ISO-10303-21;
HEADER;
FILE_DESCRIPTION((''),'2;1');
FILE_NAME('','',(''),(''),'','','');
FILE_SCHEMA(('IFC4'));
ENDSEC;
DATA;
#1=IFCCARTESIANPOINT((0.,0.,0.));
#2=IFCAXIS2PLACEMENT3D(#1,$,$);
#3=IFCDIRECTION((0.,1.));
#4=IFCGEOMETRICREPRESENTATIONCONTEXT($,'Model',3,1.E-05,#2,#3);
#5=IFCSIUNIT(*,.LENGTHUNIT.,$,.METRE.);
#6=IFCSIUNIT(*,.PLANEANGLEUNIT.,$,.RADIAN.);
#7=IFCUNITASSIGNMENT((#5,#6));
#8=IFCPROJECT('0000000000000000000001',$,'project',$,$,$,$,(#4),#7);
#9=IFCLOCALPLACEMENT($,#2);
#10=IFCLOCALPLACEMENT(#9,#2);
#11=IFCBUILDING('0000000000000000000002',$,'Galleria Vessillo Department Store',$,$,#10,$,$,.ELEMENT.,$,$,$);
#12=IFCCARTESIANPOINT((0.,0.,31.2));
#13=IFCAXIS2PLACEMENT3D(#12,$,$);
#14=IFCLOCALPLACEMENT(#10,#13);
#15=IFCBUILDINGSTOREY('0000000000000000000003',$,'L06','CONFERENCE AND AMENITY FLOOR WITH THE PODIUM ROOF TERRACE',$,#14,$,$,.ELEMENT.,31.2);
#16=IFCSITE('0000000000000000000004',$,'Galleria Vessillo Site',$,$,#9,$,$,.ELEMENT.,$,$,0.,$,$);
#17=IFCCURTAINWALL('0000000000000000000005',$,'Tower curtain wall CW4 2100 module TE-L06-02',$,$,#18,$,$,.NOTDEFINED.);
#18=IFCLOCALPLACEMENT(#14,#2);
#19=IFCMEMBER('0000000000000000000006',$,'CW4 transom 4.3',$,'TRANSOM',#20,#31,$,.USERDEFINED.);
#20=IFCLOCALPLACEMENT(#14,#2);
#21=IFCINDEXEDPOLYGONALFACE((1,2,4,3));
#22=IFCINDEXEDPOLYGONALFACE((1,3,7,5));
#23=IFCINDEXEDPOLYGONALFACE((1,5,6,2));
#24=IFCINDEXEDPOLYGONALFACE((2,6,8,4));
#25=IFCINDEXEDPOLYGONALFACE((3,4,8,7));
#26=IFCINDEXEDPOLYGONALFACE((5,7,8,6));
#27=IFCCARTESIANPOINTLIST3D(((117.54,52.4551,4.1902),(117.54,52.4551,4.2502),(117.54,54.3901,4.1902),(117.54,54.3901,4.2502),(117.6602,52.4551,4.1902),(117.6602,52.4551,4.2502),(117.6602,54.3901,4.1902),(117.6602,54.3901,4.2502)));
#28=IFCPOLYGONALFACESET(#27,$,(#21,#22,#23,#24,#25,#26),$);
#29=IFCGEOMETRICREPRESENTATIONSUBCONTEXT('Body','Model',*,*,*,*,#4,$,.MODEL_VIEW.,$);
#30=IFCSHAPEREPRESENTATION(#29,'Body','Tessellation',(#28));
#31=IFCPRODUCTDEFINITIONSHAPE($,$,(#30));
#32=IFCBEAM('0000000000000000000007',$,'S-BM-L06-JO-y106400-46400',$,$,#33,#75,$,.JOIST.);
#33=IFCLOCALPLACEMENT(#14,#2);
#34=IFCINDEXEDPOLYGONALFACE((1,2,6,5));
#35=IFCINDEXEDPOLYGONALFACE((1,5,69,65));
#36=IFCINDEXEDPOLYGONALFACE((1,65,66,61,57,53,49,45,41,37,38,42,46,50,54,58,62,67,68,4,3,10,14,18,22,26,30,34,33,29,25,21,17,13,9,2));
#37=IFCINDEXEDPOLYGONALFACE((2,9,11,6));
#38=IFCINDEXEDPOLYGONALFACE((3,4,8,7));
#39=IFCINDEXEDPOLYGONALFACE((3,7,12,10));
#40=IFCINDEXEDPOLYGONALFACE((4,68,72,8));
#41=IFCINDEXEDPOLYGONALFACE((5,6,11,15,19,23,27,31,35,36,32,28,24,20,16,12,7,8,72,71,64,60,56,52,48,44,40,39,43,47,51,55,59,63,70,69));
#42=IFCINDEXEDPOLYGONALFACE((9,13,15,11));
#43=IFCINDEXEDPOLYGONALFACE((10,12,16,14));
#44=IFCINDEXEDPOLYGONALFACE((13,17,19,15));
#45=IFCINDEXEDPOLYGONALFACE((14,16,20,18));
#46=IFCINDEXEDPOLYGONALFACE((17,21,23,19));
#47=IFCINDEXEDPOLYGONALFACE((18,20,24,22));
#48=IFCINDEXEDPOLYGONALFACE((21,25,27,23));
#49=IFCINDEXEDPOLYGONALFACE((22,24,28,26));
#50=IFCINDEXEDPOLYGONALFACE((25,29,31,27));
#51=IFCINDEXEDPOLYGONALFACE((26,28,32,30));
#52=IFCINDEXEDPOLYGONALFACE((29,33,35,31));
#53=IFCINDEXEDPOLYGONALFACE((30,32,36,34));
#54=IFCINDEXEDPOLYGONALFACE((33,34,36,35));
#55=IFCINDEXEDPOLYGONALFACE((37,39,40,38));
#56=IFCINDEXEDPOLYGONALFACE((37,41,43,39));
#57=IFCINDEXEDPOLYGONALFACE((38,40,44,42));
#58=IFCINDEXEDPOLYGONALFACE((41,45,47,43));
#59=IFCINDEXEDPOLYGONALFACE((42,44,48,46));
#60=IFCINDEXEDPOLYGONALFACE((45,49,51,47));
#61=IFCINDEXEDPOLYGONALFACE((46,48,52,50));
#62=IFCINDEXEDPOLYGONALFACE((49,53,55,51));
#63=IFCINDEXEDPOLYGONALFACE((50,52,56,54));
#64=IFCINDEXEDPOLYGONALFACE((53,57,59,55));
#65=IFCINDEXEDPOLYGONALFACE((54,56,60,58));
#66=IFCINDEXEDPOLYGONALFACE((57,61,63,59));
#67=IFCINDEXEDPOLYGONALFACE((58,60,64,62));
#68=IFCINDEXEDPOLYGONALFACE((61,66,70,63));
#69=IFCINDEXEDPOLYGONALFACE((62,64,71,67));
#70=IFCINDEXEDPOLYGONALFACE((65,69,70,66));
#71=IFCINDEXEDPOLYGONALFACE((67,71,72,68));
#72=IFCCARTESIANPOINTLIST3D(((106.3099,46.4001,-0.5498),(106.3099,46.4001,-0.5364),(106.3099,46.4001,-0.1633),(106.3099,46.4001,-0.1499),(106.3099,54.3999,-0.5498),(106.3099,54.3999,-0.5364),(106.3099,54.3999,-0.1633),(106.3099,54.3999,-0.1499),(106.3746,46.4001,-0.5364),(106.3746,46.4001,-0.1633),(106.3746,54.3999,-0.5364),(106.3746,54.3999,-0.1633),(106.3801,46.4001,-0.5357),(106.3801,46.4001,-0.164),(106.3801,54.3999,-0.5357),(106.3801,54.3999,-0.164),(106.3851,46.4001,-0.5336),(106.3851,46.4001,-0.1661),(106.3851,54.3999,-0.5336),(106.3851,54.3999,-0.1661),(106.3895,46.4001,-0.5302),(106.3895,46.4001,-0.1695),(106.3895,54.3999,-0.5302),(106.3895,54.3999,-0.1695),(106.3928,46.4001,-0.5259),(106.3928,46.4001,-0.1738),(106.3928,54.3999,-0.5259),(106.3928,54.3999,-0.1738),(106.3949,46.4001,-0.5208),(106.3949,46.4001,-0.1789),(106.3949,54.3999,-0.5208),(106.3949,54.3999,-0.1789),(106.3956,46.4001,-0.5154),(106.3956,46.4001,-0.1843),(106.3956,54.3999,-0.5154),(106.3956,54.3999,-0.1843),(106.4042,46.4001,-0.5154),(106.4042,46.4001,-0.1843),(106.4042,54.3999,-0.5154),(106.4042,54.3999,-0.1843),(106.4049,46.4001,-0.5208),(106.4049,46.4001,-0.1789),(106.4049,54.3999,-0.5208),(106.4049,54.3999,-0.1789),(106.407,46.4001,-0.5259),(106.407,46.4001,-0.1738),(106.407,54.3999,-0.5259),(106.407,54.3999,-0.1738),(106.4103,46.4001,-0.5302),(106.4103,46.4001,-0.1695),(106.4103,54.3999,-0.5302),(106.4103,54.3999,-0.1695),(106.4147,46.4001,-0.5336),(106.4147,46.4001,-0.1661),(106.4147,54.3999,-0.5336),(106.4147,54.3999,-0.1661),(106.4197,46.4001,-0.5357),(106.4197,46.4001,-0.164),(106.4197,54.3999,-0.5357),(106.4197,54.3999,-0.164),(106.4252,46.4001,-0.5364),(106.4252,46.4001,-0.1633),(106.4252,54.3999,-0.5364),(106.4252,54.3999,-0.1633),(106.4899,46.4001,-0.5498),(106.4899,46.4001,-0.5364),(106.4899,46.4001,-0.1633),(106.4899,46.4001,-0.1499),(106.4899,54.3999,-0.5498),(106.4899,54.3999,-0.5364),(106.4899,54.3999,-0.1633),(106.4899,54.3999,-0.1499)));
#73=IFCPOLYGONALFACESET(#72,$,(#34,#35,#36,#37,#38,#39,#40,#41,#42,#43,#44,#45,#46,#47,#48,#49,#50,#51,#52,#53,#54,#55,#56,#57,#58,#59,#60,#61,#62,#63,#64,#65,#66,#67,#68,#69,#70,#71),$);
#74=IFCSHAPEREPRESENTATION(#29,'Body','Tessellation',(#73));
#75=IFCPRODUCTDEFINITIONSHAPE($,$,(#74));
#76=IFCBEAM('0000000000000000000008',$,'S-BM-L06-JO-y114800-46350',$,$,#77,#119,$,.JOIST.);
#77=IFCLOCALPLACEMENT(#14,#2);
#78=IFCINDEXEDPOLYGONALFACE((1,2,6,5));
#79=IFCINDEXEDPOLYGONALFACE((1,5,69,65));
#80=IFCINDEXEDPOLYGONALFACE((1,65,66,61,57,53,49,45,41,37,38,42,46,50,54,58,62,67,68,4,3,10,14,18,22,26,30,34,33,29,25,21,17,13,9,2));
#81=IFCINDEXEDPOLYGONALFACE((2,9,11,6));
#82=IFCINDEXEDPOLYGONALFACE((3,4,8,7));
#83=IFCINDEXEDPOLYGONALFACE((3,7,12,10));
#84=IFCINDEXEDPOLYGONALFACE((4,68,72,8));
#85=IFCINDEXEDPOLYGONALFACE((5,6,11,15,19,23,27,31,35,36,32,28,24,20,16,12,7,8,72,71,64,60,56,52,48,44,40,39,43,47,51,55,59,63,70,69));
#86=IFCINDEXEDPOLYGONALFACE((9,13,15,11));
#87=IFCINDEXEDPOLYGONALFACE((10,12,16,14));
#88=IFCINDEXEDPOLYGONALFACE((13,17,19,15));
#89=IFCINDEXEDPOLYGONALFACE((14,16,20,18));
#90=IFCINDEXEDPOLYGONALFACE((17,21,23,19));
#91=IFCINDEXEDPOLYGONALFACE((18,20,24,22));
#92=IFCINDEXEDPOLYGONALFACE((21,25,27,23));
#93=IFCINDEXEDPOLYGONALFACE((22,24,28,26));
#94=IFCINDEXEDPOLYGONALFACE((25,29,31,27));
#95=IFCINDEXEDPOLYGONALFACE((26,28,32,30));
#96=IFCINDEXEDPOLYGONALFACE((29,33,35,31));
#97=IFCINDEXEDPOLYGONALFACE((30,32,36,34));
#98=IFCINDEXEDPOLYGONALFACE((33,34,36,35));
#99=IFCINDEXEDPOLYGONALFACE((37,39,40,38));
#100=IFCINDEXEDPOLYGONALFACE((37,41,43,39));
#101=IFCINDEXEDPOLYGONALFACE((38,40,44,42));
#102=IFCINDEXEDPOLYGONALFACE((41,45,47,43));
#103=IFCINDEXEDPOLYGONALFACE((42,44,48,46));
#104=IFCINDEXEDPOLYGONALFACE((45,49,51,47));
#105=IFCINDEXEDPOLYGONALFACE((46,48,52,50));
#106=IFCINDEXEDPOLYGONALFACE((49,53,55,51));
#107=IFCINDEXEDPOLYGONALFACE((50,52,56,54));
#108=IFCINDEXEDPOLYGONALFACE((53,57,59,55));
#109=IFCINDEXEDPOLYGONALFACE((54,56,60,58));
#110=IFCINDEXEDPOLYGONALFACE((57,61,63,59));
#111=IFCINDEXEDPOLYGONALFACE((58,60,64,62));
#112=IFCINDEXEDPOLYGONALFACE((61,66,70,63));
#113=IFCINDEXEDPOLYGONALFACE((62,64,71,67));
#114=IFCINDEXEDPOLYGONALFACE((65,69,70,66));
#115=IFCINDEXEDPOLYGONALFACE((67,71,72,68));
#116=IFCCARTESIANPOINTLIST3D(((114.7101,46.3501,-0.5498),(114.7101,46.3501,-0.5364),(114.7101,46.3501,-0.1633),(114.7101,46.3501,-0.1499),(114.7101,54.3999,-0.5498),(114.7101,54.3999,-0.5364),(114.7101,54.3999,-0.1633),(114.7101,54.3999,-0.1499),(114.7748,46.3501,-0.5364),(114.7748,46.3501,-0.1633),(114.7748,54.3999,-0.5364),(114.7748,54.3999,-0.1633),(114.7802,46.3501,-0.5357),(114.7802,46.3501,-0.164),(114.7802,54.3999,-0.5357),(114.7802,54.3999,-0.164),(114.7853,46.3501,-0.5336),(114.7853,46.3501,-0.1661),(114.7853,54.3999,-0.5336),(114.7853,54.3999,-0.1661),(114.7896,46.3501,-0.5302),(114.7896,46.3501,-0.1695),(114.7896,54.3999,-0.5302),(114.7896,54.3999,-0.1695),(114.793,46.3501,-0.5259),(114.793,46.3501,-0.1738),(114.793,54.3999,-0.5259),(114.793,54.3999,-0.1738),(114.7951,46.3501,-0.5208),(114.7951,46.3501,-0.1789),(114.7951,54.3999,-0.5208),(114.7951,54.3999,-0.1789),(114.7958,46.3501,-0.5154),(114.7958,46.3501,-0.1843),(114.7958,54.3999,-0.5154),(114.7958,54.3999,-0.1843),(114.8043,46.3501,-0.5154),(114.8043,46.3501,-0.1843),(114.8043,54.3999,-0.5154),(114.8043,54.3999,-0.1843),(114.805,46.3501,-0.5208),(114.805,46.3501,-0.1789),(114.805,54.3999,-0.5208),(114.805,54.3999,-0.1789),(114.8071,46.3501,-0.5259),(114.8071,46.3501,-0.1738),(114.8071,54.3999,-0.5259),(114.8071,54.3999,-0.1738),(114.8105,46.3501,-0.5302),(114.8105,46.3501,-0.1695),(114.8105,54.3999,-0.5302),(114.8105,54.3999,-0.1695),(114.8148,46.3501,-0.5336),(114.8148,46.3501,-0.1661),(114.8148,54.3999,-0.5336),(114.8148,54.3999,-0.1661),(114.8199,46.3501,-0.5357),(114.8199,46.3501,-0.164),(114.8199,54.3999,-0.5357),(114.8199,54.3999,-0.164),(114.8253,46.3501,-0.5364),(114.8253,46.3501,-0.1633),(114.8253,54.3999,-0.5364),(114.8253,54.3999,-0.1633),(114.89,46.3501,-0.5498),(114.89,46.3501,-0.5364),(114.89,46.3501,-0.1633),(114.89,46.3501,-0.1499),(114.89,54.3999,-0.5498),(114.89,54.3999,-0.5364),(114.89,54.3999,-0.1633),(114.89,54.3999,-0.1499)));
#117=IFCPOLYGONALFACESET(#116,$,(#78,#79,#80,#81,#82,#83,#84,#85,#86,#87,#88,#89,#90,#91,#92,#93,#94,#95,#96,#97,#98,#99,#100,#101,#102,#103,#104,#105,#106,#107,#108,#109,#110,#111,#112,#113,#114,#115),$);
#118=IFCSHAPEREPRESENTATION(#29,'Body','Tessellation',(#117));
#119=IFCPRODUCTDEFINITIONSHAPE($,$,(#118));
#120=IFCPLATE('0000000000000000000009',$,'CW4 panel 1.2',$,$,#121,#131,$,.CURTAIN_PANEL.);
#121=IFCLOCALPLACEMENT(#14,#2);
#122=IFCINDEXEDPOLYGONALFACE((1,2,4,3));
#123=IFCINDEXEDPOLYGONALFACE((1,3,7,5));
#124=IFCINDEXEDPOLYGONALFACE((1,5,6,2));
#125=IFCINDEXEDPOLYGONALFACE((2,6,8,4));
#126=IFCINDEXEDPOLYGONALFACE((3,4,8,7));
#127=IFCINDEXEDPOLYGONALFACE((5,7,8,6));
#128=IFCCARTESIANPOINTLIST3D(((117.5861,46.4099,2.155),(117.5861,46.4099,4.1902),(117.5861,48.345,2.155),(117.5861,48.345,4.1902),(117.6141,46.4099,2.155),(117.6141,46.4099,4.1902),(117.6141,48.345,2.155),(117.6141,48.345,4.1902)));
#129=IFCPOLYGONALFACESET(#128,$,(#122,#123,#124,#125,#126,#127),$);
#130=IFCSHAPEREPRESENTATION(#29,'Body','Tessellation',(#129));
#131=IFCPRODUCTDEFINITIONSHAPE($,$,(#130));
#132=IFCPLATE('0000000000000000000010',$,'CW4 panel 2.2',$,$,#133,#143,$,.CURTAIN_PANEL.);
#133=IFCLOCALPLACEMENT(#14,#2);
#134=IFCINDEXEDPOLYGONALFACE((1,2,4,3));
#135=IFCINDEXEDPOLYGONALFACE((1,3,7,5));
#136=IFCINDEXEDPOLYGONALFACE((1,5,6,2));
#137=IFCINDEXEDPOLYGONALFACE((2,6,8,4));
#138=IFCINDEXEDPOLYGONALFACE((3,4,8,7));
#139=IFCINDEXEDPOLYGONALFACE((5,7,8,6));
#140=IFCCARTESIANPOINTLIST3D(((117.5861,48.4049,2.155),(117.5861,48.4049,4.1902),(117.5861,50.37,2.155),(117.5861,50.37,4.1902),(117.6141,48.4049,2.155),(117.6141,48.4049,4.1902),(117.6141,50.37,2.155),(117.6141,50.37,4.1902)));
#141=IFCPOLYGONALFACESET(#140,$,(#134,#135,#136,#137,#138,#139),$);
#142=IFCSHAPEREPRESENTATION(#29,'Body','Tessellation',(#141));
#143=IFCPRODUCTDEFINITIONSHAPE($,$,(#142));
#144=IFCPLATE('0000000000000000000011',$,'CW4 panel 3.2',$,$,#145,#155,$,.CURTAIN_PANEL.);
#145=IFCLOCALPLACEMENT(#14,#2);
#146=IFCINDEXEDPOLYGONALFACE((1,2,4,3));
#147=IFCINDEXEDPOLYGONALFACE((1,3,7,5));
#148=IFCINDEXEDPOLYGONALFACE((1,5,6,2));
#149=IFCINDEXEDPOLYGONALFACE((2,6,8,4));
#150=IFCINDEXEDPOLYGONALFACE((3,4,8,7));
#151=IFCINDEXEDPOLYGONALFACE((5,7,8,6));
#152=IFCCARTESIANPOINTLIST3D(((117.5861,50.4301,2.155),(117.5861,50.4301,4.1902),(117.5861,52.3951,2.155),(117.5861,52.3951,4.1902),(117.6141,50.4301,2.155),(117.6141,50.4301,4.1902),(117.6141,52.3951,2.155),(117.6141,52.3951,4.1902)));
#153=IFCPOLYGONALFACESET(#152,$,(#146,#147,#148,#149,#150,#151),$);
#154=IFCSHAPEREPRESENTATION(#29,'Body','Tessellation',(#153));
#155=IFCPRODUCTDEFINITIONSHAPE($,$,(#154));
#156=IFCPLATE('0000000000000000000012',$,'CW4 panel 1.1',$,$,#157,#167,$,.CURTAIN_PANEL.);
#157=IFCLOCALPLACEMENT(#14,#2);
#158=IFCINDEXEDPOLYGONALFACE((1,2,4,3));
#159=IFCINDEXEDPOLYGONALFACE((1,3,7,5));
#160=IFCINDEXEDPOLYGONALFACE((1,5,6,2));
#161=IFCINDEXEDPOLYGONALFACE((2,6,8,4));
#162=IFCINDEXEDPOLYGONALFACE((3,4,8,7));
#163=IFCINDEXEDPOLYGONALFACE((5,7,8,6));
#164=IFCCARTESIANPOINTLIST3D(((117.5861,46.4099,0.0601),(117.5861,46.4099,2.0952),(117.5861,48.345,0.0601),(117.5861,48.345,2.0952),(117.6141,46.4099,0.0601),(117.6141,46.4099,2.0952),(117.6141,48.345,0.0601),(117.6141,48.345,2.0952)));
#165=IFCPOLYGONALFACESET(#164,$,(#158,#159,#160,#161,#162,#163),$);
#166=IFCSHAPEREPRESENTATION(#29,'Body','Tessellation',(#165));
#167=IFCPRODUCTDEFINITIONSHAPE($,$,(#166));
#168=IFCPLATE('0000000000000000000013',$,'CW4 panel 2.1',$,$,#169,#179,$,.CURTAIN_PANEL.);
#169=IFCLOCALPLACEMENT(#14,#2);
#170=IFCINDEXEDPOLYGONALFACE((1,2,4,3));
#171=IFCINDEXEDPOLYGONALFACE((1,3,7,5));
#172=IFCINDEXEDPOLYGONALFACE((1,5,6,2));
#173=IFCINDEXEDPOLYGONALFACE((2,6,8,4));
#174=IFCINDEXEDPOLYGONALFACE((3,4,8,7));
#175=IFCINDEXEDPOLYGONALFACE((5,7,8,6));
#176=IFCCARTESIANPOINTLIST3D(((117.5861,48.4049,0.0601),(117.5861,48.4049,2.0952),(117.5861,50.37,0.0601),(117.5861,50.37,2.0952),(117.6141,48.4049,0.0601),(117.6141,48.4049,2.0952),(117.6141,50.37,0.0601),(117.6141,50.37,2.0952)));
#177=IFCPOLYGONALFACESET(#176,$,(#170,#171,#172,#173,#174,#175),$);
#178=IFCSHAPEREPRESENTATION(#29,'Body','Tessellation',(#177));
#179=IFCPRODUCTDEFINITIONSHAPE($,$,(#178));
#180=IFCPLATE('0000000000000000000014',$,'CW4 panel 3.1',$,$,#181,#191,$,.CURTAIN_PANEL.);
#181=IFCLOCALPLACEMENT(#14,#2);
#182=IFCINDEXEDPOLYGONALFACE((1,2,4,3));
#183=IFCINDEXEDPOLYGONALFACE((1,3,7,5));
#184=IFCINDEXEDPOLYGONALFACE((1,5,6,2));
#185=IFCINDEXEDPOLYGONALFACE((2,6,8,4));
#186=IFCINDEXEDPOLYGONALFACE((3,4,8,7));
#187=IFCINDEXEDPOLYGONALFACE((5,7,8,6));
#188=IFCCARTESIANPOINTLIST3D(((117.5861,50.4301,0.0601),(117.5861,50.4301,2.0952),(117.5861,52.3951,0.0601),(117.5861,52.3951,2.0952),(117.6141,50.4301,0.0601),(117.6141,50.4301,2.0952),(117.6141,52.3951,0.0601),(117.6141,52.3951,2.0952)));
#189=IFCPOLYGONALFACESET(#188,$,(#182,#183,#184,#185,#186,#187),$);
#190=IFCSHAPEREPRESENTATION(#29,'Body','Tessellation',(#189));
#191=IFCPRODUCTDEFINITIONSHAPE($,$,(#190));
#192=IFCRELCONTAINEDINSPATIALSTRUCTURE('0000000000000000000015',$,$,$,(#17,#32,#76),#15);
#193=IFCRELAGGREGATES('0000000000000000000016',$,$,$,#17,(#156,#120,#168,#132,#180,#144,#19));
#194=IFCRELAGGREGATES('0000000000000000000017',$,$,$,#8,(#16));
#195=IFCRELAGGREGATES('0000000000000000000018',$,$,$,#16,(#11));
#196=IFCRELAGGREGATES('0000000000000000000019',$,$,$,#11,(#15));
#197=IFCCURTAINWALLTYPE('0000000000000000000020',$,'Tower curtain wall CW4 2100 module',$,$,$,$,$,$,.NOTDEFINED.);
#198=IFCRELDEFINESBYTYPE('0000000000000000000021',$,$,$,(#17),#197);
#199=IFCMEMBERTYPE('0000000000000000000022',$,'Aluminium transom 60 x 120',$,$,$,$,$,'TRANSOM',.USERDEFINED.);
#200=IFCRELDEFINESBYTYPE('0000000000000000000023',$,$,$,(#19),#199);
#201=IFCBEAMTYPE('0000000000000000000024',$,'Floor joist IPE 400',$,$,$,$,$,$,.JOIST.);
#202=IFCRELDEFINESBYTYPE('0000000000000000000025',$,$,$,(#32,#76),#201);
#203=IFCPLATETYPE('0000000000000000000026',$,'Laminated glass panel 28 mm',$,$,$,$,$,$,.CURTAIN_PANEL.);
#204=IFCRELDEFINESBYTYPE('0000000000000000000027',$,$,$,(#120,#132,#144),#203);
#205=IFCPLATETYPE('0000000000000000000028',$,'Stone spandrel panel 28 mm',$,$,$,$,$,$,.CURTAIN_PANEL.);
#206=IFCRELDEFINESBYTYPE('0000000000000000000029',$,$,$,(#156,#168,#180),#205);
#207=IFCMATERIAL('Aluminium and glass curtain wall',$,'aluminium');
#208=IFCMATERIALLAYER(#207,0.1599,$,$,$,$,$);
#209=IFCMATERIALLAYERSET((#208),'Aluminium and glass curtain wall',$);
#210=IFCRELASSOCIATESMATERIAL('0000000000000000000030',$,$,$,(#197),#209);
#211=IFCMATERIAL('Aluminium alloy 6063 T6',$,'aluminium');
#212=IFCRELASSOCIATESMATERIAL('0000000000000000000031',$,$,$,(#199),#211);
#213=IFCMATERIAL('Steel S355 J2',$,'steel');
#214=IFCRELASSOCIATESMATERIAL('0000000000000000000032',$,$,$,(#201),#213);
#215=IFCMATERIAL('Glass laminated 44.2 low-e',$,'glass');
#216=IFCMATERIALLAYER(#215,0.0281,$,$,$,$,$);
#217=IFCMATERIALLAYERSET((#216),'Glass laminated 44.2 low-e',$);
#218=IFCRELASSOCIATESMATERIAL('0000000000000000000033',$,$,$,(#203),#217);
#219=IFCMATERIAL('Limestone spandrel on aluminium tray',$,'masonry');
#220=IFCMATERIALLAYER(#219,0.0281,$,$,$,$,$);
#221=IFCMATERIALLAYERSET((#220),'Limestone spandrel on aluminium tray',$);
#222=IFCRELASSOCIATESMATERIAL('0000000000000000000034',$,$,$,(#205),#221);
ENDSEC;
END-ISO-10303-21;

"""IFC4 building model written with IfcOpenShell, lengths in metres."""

from ifc_helpers import new_model, si_unit, direction, frame, origin, origin_2d, place, context, subcontext, project, spatial, rectangle, i_section, extrude, material, layer, layer_set, material_profile, profile_set, type_object, element, aggregate, save


model = new_model("IFC4")

# Units and contexts
model_context = context("Model", 3, precision=1e-05, world=origin(), true_north=direction((0.0, 1.0)))
body_context = subcontext(model_context, "Body", "Model", "MODEL_VIEW")
ifc_project = project(units=[si_unit("LENGTHUNIT", "METRE"), si_unit("PLANEANGLEUNIT", "RADIAN")], contexts=[model_context])

# Site, building, storey
site_placement = place(None, origin())
site = spatial("IfcSite", under=ifc_project, at=site_placement, Name="Galleria Vessillo Site", CompositionType="ELEMENT", RefElevation=0.0)
building_placement = place(site_placement, origin())
building = spatial("IfcBuilding", under=site, at=building_placement, Name="Galleria Vessillo Department Store", CompositionType="ELEMENT")
storey_placement = place(building_placement, frame((0.0, 0.0, 31.2)))
storey = spatial("IfcBuildingStorey", under=building, at=storey_placement, Name="L06", Description="CONFERENCE AND AMENITY FLOOR WITH THE PODIUM ROOF TERRACE", CompositionType="ELEMENT", Elevation=31.2)

# Curtain wall, member
ifc_material_1 = material(Name="Aluminium and glass curtain wall", Category="aluminium")
ifc_layer_1 = layer(ifc_material_1, 0.1599)
ifc_layer_set_1 = layer_set([ifc_layer_1], Name="Aluminium and glass curtain wall")
curtain_wall_type = type_object("IfcCurtainWallType", Name="Tower curtain wall CW4 2100 module", PredefinedType="NOTDEFINED", material=ifc_layer_set_1)
curtain_wall_placement = place(storey_placement, origin())
curtain_wall = element("IfcCurtainWall", 1, at=curtain_wall_placement, inside=storey, type_object=curtain_wall_type, Name="Tower curtain wall CW4 2100 module TE-L06-02", PredefinedType="NOTDEFINED")
ifc_material_2 = material(Name="Aluminium alloy 6063 T6", Category="aluminium")
ifc_material_profile_1 = material_profile(ifc_material_2, rectangle(XDim=0.1201, YDim=0.0601, at=origin_2d()), Name="AL 60x120")
ifc_profile_set_1 = profile_set([ifc_material_profile_1], Name="Aluminium alloy 6063 T6")
member_type_1 = type_object("IfcMemberType", Name="Aluminium transom 60 x 120", ElementType="TRANSOM", PredefinedType="USERDEFINED", material=ifc_profile_set_1)
member_1_placement = place(storey_placement, frame((117.6001, 52.4551, 4.2202), z_axis=(0.0, 1.0, 0.0), x_axis=(-1.0, 0.0, 0.0)))
member_1 = element("IfcMember", 2, at=member_1_placement, type_object=member_type_1, Name="CW4 transom 4.3", ObjectType="TRANSOM", PredefinedType="USERDEFINED", context=body_context, shape_type="SweptSolid", body=[
    extrude(rectangle(XDim=0.1201, YDim=0.0601, at=origin_2d()), origin(), (0.0, 0.0, 1.0), 1.9351),
])

# Beams
ifc_material_3 = material(Name="Steel S355 J2", Category="steel")
ifc_material_profile_2 = material_profile(ifc_material_3, i_section(OverallWidth=0.1799, OverallDepth=0.3999, WebThickness=0.0085, FlangeThickness=0.0134, FilletRadius=0.021, at=origin_2d()), Name="IPE 400")
ifc_profile_set_2 = profile_set([ifc_material_profile_2], Name="Steel S355 J2")
beam_type = type_object("IfcBeamType", Name="Floor joist IPE 400", PredefinedType="JOIST", material=ifc_profile_set_2)
beam_1_placement = place(storey_placement, frame((106.3999, 46.4001, -0.3499), z_axis=(0.0, 1.0, 0.0), x_axis=(-1.0, 0.0, 0.0)))
element("IfcBeam", 3, at=beam_1_placement, inside=storey, type_object=beam_type, Name="S-BM-L06-JO-y106400-46400", PredefinedType="JOIST", context=body_context, shape_type="SweptSolid", body=[
    extrude(i_section(OverallWidth=0.1799, OverallDepth=0.3999, WebThickness=0.0085, FlangeThickness=0.0134, FilletRadius=0.021, at=origin_2d()), origin(), (0.0, 0.0, 1.0), 7.9998),
])
beam_2_placement = place(storey_placement, frame((114.8, 46.3501, -0.3499), z_axis=(0.0, 1.0, 0.0), x_axis=(-1.0, 0.0, 0.0)))
element("IfcBeam", 4, at=beam_2_placement, inside=storey, type_object=beam_type, Name="S-BM-L06-JO-y114800-46350", PredefinedType="JOIST", context=body_context, shape_type="SweptSolid", body=[
    extrude(i_section(OverallWidth=0.1799, OverallDepth=0.3999, WebThickness=0.0085, FlangeThickness=0.0134, FilletRadius=0.021, at=origin_2d()), origin(), (0.0, 0.0, 1.0), 8.0498),
])

# Plates
ifc_material_4 = material(Name="Glass laminated 44.2 low-e", Category="glass")
ifc_layer_2 = layer(ifc_material_4, 0.0281)
ifc_layer_set_2 = layer_set([ifc_layer_2], Name="Glass laminated 44.2 low-e")
plate_type_1 = type_object("IfcPlateType", Name="Laminated glass panel 28 mm", PredefinedType="CURTAIN_PANEL", material=ifc_layer_set_2)
plate_1_placement = place(storey_placement, frame((117.6001, 47.3774, 2.155), z_axis=(0.0, 0.0, 1.0), x_axis=(0.0, 1.0, 0.0)))
plate_1 = element("IfcPlate", 5, at=plate_1_placement, type_object=plate_type_1, Name="CW4 panel 1.2", PredefinedType="CURTAIN_PANEL", context=body_context, shape_type="SweptSolid", body=[
    extrude(rectangle(XDim=1.9351, YDim=0.0281, at=origin_2d()), origin(), (0.0, 0.0, 1.0), 2.0352),
])
plate_2_placement = place(storey_placement, frame((117.6001, 49.3875, 2.155), z_axis=(0.0, 0.0, 1.0), x_axis=(0.0, 1.0, 0.0)))
plate_2 = element("IfcPlate", 6, at=plate_2_placement, type_object=plate_type_1, Name="CW4 panel 2.2", PredefinedType="CURTAIN_PANEL", context=body_context, shape_type="SweptSolid", body=[
    extrude(rectangle(XDim=1.9651, YDim=0.0281, at=origin_2d()), origin(), (0.0, 0.0, 1.0), 2.0352),
])
plate_3_placement = place(storey_placement, frame((117.6001, 51.4126, 2.155), z_axis=(0.0, 0.0, 1.0), x_axis=(0.0, 1.0, 0.0)))
plate_3 = element("IfcPlate", 7, at=plate_3_placement, type_object=plate_type_1, Name="CW4 panel 3.2", PredefinedType="CURTAIN_PANEL", context=body_context, shape_type="SweptSolid", body=[
    extrude(rectangle(XDim=1.9651, YDim=0.0281, at=origin_2d()), origin(), (0.0, 0.0, 1.0), 2.0352),
])
ifc_material_5 = material(Name="Limestone spandrel on aluminium tray", Category="masonry")
ifc_layer_3 = layer(ifc_material_5, 0.0281)
ifc_layer_set_3 = layer_set([ifc_layer_3], Name="Limestone spandrel on aluminium tray")
plate_type_2 = type_object("IfcPlateType", Name="Stone spandrel panel 28 mm", PredefinedType="CURTAIN_PANEL", material=ifc_layer_set_3)
plate_4_placement = place(storey_placement, frame((117.6001, 47.3774, 0.0601), z_axis=(0.0, 0.0, 1.0), x_axis=(0.0, 1.0, 0.0)))
plate_4 = element("IfcPlate", 8, at=plate_4_placement, type_object=plate_type_2, Name="CW4 panel 1.1", PredefinedType="CURTAIN_PANEL", context=body_context, shape_type="SweptSolid", body=[
    extrude(rectangle(XDim=1.9351, YDim=0.0281, at=origin_2d()), origin(), (0.0, 0.0, 1.0), 2.0352),
])
plate_5_placement = place(storey_placement, frame((117.6001, 49.3875, 0.0601), z_axis=(0.0, 0.0, 1.0), x_axis=(0.0, 1.0, 0.0)))
plate_5 = element("IfcPlate", 9, at=plate_5_placement, type_object=plate_type_2, Name="CW4 panel 2.1", PredefinedType="CURTAIN_PANEL", context=body_context, shape_type="SweptSolid", body=[
    extrude(rectangle(XDim=1.9651, YDim=0.0281, at=origin_2d()), origin(), (0.0, 0.0, 1.0), 2.0352),
])
plate_6_placement = place(storey_placement, frame((117.6001, 51.4126, 0.0601), z_axis=(0.0, 0.0, 1.0), x_axis=(0.0, 1.0, 0.0)))
plate_6 = element("IfcPlate", 10, at=plate_6_placement, type_object=plate_type_2, Name="CW4 panel 3.1", PredefinedType="CURTAIN_PANEL", context=body_context, shape_type="SweptSolid", body=[
    extrude(rectangle(XDim=1.9651, YDim=0.0281, at=origin_2d()), origin(), (0.0, 0.0, 1.0), 2.0352),
])
aggregate(curtain_wall, [plate_4, plate_1, plate_5, plate_2, plate_6, plate_3, member_1])

save(model, "model.ifc")
